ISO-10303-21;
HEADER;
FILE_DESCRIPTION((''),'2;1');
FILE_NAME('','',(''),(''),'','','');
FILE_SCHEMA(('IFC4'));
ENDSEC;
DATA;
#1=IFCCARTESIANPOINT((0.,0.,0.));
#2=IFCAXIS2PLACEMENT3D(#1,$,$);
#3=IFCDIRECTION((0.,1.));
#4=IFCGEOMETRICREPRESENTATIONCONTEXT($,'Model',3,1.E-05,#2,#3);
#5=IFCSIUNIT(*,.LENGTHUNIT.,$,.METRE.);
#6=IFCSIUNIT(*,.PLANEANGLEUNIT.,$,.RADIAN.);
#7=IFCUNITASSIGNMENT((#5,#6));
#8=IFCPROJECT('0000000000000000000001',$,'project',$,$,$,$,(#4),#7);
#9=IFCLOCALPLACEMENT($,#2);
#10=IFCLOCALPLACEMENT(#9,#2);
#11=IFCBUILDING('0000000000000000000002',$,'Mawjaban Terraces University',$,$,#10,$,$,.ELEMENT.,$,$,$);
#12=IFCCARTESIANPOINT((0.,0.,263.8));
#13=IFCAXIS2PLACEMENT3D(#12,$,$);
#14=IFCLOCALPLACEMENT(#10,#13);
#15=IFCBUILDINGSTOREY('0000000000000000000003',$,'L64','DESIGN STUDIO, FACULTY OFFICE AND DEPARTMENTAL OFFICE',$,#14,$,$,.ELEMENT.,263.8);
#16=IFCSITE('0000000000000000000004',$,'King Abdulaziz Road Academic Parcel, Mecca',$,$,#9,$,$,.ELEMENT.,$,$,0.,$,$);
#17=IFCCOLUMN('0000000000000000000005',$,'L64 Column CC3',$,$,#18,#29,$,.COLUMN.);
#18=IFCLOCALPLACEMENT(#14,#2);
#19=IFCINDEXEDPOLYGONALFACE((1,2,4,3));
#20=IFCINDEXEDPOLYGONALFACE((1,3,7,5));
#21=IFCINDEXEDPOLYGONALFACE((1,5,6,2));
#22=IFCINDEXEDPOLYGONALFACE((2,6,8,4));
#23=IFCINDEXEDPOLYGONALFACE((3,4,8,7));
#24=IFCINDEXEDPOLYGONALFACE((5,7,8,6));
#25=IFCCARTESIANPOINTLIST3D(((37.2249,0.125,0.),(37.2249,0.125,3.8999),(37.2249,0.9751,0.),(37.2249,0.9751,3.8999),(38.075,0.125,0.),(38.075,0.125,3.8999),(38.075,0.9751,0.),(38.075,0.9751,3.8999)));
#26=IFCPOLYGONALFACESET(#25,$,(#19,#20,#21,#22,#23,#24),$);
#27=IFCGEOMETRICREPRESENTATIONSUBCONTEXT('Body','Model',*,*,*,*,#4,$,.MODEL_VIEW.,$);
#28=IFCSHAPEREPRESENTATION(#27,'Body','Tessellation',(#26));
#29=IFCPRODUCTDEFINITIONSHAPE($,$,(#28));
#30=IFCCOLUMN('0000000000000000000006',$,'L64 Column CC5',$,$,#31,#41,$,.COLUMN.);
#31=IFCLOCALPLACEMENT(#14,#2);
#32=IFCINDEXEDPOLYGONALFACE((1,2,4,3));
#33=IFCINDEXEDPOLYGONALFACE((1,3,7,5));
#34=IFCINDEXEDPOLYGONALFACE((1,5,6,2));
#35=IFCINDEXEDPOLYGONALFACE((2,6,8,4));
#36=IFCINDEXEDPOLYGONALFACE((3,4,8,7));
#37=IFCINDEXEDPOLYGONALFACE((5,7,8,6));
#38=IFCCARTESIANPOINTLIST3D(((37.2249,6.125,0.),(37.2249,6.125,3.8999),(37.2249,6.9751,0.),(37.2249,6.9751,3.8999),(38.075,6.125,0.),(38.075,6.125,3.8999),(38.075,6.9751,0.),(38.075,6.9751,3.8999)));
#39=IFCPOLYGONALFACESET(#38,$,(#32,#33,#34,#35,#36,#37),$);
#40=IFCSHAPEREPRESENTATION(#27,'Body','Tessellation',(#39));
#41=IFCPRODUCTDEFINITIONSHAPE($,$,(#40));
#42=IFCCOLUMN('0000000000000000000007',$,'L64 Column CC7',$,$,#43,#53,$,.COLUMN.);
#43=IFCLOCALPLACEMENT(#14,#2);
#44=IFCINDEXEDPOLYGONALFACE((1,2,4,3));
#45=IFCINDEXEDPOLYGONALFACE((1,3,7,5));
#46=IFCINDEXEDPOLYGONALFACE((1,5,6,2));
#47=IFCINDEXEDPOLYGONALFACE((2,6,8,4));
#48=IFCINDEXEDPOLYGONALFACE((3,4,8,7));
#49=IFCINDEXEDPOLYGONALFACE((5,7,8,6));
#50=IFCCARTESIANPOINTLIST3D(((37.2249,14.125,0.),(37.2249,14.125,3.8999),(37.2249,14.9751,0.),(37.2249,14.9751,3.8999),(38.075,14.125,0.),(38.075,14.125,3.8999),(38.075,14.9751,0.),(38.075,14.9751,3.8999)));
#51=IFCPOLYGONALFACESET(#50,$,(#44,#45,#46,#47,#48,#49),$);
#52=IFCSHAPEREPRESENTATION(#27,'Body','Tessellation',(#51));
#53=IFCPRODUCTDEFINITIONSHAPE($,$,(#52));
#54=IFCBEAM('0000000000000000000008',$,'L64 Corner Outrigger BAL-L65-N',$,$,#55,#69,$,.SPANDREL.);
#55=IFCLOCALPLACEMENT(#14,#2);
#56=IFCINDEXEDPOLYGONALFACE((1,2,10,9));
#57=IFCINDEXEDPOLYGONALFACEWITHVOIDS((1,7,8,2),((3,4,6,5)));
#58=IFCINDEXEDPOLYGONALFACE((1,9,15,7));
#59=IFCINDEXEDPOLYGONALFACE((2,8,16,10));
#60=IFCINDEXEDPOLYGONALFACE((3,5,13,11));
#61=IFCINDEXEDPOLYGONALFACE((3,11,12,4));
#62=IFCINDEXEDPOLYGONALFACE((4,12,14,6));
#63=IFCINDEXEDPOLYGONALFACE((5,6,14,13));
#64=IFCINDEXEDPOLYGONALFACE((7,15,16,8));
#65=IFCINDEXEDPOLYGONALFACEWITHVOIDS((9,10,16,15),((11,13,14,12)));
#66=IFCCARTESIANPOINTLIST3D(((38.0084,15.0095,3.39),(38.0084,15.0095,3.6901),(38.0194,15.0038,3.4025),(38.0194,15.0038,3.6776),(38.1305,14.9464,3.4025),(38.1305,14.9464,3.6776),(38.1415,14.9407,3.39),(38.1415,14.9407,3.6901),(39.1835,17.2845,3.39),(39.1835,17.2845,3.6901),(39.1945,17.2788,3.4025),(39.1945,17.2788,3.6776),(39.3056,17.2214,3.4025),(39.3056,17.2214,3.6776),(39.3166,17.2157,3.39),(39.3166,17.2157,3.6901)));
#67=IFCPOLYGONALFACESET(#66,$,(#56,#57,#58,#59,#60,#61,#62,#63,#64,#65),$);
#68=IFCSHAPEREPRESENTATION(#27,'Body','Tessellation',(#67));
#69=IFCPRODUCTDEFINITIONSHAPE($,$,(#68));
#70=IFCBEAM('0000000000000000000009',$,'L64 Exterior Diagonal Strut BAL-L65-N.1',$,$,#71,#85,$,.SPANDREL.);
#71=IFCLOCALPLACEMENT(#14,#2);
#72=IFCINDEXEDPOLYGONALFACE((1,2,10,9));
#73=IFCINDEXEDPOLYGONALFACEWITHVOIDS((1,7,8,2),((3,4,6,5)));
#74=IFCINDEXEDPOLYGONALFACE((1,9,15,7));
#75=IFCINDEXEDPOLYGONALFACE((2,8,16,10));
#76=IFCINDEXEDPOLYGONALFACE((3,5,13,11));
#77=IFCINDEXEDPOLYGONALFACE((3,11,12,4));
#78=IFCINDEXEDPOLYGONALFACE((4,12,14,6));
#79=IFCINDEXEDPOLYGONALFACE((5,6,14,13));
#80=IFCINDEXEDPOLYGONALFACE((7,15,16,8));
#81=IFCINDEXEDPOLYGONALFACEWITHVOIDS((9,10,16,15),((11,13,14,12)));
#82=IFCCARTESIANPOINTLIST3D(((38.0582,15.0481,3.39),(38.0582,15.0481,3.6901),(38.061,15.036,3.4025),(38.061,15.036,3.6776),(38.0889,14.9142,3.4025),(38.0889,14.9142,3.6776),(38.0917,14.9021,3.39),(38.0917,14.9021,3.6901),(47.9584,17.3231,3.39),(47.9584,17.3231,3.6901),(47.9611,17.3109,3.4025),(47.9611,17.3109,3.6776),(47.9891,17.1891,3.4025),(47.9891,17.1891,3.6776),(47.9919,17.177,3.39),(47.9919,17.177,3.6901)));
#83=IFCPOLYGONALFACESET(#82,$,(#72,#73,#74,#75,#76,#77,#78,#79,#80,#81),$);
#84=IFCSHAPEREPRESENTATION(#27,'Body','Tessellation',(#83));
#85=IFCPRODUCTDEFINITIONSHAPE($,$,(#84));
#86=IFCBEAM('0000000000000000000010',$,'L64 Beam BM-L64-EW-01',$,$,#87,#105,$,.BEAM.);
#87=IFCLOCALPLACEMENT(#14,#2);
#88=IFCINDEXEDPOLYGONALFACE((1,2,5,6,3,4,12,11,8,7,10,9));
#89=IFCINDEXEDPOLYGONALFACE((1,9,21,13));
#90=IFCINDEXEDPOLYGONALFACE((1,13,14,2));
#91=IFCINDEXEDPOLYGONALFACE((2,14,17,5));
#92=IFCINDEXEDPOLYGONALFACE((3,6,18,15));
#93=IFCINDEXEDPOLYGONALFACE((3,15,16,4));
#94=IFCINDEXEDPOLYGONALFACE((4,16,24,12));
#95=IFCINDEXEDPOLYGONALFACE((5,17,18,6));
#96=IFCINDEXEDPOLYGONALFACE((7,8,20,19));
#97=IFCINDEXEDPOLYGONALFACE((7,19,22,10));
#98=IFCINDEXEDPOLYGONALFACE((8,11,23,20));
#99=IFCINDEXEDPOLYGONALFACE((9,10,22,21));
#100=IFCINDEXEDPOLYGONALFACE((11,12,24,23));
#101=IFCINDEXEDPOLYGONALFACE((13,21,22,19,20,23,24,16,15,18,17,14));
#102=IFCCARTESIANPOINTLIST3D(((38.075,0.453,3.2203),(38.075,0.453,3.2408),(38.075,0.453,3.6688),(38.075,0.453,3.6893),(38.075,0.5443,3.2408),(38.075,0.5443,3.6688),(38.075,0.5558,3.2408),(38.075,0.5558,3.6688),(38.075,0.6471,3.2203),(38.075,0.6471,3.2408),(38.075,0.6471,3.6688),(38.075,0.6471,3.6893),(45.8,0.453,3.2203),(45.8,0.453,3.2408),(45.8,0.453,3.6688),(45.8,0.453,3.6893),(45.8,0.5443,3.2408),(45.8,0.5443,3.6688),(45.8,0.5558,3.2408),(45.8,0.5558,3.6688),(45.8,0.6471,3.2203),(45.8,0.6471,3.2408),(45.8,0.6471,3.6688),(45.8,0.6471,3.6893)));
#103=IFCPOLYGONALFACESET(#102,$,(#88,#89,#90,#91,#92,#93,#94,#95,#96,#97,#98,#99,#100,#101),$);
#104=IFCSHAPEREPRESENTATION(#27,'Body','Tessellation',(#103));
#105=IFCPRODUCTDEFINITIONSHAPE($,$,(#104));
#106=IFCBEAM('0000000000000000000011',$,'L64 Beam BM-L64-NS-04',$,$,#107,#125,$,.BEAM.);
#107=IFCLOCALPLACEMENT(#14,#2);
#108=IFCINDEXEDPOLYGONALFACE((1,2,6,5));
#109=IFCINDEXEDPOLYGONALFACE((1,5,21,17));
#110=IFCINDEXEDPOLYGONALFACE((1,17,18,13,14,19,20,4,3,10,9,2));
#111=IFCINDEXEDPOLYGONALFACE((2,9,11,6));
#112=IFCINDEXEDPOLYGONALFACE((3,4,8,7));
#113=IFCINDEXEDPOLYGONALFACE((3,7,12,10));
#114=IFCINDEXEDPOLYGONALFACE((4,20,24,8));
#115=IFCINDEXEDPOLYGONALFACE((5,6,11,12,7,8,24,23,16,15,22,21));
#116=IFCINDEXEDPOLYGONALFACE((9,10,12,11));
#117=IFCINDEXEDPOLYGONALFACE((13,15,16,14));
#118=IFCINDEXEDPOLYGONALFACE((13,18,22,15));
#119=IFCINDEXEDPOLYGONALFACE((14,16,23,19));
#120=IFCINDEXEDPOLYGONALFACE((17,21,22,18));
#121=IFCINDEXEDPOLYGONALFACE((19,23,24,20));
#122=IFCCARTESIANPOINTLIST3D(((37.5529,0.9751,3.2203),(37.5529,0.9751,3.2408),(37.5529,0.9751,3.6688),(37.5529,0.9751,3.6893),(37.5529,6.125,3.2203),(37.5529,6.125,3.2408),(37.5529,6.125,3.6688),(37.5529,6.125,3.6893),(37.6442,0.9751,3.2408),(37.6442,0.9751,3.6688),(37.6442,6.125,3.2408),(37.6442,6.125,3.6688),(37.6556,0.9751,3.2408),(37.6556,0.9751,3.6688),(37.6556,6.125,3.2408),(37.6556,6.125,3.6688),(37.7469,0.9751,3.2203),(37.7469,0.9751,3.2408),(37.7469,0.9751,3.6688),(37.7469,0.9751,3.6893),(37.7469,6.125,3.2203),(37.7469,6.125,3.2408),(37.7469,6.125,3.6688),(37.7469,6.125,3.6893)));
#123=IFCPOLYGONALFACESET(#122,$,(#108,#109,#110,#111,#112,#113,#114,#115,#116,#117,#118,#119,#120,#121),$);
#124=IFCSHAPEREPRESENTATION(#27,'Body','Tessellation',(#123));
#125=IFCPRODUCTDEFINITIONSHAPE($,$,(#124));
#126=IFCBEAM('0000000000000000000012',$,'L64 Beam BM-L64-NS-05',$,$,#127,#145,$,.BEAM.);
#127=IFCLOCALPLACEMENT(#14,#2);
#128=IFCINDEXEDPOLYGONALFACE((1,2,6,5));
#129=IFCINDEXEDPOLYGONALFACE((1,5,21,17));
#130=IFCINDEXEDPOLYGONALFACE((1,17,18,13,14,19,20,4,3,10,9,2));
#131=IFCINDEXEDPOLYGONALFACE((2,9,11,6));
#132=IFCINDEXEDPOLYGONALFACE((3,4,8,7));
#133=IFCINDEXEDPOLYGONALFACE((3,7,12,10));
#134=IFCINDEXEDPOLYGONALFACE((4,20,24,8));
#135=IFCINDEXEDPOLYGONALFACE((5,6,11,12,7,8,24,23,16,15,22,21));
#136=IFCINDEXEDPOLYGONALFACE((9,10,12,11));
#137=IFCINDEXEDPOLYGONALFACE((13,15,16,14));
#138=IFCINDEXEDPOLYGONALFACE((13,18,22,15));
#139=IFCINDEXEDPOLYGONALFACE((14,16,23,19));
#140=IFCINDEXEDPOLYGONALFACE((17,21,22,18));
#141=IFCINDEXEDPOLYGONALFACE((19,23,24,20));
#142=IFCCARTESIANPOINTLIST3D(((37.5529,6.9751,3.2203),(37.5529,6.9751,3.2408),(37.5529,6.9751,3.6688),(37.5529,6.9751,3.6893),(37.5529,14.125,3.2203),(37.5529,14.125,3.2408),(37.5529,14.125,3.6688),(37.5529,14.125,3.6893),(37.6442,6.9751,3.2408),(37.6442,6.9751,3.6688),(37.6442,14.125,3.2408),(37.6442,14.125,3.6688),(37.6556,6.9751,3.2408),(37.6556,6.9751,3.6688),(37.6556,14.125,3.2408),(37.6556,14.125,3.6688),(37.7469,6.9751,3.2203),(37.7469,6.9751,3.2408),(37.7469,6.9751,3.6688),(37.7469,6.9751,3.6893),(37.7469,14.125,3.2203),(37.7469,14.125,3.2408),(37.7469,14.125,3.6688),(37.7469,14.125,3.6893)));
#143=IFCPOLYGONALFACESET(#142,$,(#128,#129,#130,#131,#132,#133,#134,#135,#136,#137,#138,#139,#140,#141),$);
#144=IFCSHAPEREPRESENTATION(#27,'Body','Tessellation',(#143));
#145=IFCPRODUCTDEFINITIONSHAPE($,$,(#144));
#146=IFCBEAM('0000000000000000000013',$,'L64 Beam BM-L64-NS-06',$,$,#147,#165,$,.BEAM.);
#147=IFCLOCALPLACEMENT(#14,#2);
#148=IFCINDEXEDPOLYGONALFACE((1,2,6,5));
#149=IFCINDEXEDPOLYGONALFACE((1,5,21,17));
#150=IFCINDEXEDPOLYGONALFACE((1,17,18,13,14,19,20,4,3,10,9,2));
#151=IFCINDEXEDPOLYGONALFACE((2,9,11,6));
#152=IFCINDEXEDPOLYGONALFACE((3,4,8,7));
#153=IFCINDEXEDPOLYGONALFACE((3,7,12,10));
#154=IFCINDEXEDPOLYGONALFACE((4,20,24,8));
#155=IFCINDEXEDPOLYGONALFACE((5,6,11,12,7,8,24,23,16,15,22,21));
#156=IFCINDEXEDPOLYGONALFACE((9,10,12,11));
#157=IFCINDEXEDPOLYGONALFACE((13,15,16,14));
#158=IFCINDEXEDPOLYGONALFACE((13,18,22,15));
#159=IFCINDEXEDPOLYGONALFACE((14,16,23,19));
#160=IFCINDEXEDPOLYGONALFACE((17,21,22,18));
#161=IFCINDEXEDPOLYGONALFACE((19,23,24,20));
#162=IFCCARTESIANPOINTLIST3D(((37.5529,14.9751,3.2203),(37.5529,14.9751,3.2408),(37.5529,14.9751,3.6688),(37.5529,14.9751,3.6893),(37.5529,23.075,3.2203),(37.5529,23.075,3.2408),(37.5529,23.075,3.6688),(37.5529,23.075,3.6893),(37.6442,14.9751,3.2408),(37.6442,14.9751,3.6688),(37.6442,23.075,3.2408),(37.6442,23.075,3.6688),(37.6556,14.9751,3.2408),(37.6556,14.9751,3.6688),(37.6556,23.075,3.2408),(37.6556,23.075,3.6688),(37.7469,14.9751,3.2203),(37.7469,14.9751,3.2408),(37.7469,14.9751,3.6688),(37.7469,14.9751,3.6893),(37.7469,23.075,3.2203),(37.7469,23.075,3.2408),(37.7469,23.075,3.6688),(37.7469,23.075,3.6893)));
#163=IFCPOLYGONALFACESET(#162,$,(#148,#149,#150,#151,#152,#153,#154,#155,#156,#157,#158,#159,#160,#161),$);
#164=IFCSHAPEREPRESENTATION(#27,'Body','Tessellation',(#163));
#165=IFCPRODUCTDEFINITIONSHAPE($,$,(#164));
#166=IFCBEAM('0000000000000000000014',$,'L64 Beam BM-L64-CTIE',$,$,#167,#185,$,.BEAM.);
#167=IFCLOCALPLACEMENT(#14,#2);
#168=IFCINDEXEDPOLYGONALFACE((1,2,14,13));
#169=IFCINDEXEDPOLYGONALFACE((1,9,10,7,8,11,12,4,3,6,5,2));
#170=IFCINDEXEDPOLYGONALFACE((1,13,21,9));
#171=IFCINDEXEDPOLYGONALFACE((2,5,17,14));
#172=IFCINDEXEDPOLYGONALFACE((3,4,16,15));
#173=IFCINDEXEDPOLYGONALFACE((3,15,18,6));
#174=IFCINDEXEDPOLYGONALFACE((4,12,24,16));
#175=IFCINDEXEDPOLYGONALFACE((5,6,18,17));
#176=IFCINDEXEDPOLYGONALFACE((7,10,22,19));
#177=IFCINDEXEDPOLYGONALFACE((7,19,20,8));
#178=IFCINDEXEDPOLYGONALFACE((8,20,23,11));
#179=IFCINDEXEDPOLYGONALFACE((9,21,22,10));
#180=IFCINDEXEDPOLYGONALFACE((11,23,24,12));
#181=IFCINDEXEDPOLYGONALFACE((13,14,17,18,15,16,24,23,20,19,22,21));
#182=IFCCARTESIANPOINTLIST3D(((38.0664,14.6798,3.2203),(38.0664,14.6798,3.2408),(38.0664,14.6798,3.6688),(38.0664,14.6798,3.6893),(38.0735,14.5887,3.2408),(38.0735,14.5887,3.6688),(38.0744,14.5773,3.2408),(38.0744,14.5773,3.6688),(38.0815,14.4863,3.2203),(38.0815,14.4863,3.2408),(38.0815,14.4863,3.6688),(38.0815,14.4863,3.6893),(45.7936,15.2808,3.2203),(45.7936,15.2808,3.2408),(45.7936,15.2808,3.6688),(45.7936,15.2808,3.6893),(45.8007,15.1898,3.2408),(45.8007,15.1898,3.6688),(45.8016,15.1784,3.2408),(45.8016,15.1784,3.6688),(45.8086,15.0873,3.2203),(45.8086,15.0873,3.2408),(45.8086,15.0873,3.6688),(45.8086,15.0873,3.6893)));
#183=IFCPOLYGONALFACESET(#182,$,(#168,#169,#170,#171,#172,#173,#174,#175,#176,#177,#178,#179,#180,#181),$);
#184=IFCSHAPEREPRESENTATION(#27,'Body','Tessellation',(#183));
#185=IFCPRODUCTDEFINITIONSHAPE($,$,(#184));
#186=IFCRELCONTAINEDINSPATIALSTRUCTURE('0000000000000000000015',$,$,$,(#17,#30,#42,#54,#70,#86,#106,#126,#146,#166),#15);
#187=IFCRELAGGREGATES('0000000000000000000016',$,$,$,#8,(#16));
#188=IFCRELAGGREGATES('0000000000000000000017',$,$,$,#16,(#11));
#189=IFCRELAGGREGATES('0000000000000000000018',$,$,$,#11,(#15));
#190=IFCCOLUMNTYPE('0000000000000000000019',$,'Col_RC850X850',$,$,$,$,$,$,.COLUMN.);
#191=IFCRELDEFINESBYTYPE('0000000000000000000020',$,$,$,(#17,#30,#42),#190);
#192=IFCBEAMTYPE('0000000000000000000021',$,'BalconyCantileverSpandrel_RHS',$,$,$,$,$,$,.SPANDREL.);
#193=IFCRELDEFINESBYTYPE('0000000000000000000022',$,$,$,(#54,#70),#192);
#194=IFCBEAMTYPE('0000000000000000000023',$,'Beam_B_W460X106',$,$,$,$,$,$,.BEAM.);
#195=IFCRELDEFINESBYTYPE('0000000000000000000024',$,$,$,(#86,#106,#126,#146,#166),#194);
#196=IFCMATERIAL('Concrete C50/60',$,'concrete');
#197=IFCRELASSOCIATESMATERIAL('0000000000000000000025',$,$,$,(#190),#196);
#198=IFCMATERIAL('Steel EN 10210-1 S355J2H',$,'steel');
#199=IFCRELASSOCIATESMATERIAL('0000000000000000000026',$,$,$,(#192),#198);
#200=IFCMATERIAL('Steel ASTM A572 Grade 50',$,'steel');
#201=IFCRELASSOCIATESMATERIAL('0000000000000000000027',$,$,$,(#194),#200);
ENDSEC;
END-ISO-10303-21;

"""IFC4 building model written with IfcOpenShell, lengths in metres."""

from ifc_helpers import new_model, si_unit, direction, frame, origin, origin_2d, place, context, subcontext, project, spatial, rectangle, hollow_rectangle, i_section, extrude, material, material_profile, profile_set, type_object, element, save


model = new_model("IFC4")

# Units and contexts
model_context = context("Model", 3, precision=1e-05, world=origin(), true_north=direction((0.0, 1.0)))
body_context = subcontext(model_context, "Body", "Model", "MODEL_VIEW")
ifc_project = project(units=[si_unit("LENGTHUNIT", "METRE"), si_unit("PLANEANGLEUNIT", "RADIAN")], contexts=[model_context])

# Site, building, storey
site_placement = place(None, origin())
site = spatial("IfcSite", under=ifc_project, at=site_placement, Name="King Abdulaziz Road Academic Parcel, Mecca", CompositionType="ELEMENT", RefElevation=0.0)
building_placement = place(site_placement, origin())
building = spatial("IfcBuilding", under=site, at=building_placement, Name="Mawjaban Terraces University", CompositionType="ELEMENT")
storey_placement = place(building_placement, frame((0.0, 0.0, 263.8)))
storey = spatial("IfcBuildingStorey", under=building, at=storey_placement, Name="L64", Description="DESIGN STUDIO, FACULTY OFFICE AND DEPARTMENTAL OFFICE", CompositionType="ELEMENT", Elevation=263.8)

# Columns
ifc_material_1 = material(Name="Concrete C50/60", Category="concrete")
ifc_material_profile_1 = material_profile(ifc_material_1, rectangle(XDim=0.8501, YDim=0.8501, at=origin_2d()), Name="RC850X850")
ifc_profile_set_1 = profile_set([ifc_material_profile_1], Name="Concrete C50/60")
column_type = type_object("IfcColumnType", Name="Col_RC850X850", PredefinedType="COLUMN", material=ifc_profile_set_1)
for number, where, z_axis, x_axis, name in (
    (1, (37.6499, 0.55, 0.0), (0.0, 0.0, 1.0), (1.0, 0.0, 0.0), "L64 Column CC3"),
    (2, (37.6499, 6.55, 0.0), (0.0, 0.0, 1.0), (1.0, 0.0, 0.0), "L64 Column CC5"),
    (3, (37.6499, 14.55, 0.0), (0.0, 0.0, 1.0), (1.0, 0.0, 0.0), "L64 Column CC7"),
):
    element("IfcColumn", number, at=place(storey_placement, frame(where, z_axis=z_axis, x_axis=x_axis)), inside=storey, type_object=column_type, Name=name, PredefinedType="COLUMN", context=body_context, shape_type="SweptSolid", body=[
        extrude(rectangle(XDim=0.8501, YDim=0.8501, at=origin_2d()), origin(), (0.0, 0.0, 1.0), 3.8999),
    ])

# Beams
ifc_material_2 = material(Name="Steel EN 10210-1 S355J2H", Category="steel")
ifc_material_profile_2 = material_profile(ifc_material_2, hollow_rectangle(XDim=0.1499, YDim=0.3, WallThickness=0.0125, at=origin_2d()), Name="RHS300X150X12.5")
ifc_profile_set_2 = profile_set([ifc_material_profile_2], Name="Steel EN 10210-1 S355J2H")
beam_type_1 = type_object("IfcBeamType", Name="BalconyCantileverSpandrel_RHS", PredefinedType="SPANDREL", material=ifc_profile_set_2)
beam_1_placement = place(storey_placement, frame((38.075, 14.9751, 3.54), z_axis=(0.458922, 0.888476, 0.0), x_axis=(-0.888476, 0.458922, 0.0)))
element("IfcBeam", 4, at=beam_1_placement, inside=storey, type_object=beam_type_1, Name="L64 Corner Outrigger BAL-L65-N", PredefinedType="SPANDREL", context=body_context, shape_type="SweptSolid", body=[
    extrude(hollow_rectangle(XDim=0.1499, YDim=0.3, WallThickness=0.0125, at=origin_2d()), origin(), (0.0, 0.0, 1.0), 2.5605),
])
beam_2_placement = place(storey_placement, frame((38.075, 14.9751, 3.54), z_axis=(0.974601, 0.223948, 0.0), x_axis=(-0.223948, 0.974601, 0.0)))
element("IfcBeam", 5, at=beam_2_placement, inside=storey, type_object=beam_type_1, Name="L64 Exterior Diagonal Strut BAL-L65-N.1", PredefinedType="SPANDREL", context=body_context, shape_type="SweptSolid", body=[
    extrude(hollow_rectangle(XDim=0.1499, YDim=0.3, WallThickness=0.0125, at=origin_2d()), origin(), (0.0, 0.0, 1.0), 10.1582),
])
ifc_material_3 = material(Name="Steel ASTM A572 Grade 50", Category="steel")
ifc_material_profile_3 = material_profile(ifc_material_3, i_section(OverallWidth=0.1941, OverallDepth=0.469, WebThickness=0.0115, FlangeThickness=0.0205, at=origin_2d()), Name="W460X106")
ifc_profile_set_3 = profile_set([ifc_material_profile_3], Name="Steel ASTM A572 Grade 50")
beam_type_2 = type_object("IfcBeamType", Name="Beam_B_W460X106", PredefinedType="BEAM", material=ifc_profile_set_3)
beam_3_placement = place(storey_placement, frame((38.075, 0.55, 3.4548), z_axis=(1.0, 0.0, 0.0), x_axis=(0.0, 1.0, 0.0)))
element("IfcBeam", 6, at=beam_3_placement, inside=storey, type_object=beam_type_2, Name="L64 Beam BM-L64-EW-01", PredefinedType="BEAM", context=body_context, shape_type="SweptSolid", body=[
    extrude(i_section(OverallWidth=0.1941, OverallDepth=0.469, WebThickness=0.0115, FlangeThickness=0.0205, at=origin_2d()), origin(), (0.0, 0.0, 1.0), 7.7251),
])
beam_4_placement = place(storey_placement, frame((37.6499, 0.9751, 3.4548), z_axis=(0.0, 1.0, 0.0), x_axis=(-1.0, 0.0, 0.0)))
element("IfcBeam", 7, at=beam_4_placement, inside=storey, type_object=beam_type_2, Name="L64 Beam BM-L64-NS-04", PredefinedType="BEAM", context=body_context, shape_type="SweptSolid", body=[
    extrude(i_section(OverallWidth=0.1941, OverallDepth=0.469, WebThickness=0.0115, FlangeThickness=0.0205, at=origin_2d()), origin(), (0.0, 0.0, 1.0), 5.1499),
])
beam_5_placement = place(storey_placement, frame((37.6499, 6.9751, 3.4548), z_axis=(0.0, 1.0, 0.0), x_axis=(-1.0, 0.0, 0.0)))
element("IfcBeam", 8, at=beam_5_placement, inside=storey, type_object=beam_type_2, Name="L64 Beam BM-L64-NS-05", PredefinedType="BEAM", context=body_context, shape_type="SweptSolid", body=[
    extrude(i_section(OverallWidth=0.1941, OverallDepth=0.469, WebThickness=0.0115, FlangeThickness=0.0205, at=origin_2d()), origin(), (0.0, 0.0, 1.0), 7.1499),
])
beam_6_placement = place(storey_placement, frame((37.6499, 14.9751, 3.4548), z_axis=(0.0, 1.0, 0.0), x_axis=(-1.0, 0.0, 0.0)))
element("IfcBeam", 9, at=beam_6_placement, inside=storey, type_object=beam_type_2, Name="L64 Beam BM-L64-NS-06", PredefinedType="BEAM", context=body_context, shape_type="SweptSolid", body=[
    extrude(i_section(OverallWidth=0.1941, OverallDepth=0.469, WebThickness=0.0115, FlangeThickness=0.0205, at=origin_2d()), origin(), (0.0, 0.0, 1.0), 8.0999),
])
beam_7_placement = place(storey_placement, frame((38.074, 14.583, 3.4548), z_axis=(0.996988, 0.077554, 0.0), x_axis=(-0.077554, 0.996988, 0.0)))
element("IfcBeam", 10, at=beam_7_placement, inside=storey, type_object=beam_type_2, Name="L64 Beam BM-L64-CTIE", PredefinedType="BEAM", context=body_context, shape_type="SweptSolid", body=[
    extrude(i_section(OverallWidth=0.1941, OverallDepth=0.469, WebThickness=0.0115, FlangeThickness=0.0205, at=origin_2d()), origin(), (0.0, 0.0, 1.0), 7.7505),
])

save(model, "model.ifc")
